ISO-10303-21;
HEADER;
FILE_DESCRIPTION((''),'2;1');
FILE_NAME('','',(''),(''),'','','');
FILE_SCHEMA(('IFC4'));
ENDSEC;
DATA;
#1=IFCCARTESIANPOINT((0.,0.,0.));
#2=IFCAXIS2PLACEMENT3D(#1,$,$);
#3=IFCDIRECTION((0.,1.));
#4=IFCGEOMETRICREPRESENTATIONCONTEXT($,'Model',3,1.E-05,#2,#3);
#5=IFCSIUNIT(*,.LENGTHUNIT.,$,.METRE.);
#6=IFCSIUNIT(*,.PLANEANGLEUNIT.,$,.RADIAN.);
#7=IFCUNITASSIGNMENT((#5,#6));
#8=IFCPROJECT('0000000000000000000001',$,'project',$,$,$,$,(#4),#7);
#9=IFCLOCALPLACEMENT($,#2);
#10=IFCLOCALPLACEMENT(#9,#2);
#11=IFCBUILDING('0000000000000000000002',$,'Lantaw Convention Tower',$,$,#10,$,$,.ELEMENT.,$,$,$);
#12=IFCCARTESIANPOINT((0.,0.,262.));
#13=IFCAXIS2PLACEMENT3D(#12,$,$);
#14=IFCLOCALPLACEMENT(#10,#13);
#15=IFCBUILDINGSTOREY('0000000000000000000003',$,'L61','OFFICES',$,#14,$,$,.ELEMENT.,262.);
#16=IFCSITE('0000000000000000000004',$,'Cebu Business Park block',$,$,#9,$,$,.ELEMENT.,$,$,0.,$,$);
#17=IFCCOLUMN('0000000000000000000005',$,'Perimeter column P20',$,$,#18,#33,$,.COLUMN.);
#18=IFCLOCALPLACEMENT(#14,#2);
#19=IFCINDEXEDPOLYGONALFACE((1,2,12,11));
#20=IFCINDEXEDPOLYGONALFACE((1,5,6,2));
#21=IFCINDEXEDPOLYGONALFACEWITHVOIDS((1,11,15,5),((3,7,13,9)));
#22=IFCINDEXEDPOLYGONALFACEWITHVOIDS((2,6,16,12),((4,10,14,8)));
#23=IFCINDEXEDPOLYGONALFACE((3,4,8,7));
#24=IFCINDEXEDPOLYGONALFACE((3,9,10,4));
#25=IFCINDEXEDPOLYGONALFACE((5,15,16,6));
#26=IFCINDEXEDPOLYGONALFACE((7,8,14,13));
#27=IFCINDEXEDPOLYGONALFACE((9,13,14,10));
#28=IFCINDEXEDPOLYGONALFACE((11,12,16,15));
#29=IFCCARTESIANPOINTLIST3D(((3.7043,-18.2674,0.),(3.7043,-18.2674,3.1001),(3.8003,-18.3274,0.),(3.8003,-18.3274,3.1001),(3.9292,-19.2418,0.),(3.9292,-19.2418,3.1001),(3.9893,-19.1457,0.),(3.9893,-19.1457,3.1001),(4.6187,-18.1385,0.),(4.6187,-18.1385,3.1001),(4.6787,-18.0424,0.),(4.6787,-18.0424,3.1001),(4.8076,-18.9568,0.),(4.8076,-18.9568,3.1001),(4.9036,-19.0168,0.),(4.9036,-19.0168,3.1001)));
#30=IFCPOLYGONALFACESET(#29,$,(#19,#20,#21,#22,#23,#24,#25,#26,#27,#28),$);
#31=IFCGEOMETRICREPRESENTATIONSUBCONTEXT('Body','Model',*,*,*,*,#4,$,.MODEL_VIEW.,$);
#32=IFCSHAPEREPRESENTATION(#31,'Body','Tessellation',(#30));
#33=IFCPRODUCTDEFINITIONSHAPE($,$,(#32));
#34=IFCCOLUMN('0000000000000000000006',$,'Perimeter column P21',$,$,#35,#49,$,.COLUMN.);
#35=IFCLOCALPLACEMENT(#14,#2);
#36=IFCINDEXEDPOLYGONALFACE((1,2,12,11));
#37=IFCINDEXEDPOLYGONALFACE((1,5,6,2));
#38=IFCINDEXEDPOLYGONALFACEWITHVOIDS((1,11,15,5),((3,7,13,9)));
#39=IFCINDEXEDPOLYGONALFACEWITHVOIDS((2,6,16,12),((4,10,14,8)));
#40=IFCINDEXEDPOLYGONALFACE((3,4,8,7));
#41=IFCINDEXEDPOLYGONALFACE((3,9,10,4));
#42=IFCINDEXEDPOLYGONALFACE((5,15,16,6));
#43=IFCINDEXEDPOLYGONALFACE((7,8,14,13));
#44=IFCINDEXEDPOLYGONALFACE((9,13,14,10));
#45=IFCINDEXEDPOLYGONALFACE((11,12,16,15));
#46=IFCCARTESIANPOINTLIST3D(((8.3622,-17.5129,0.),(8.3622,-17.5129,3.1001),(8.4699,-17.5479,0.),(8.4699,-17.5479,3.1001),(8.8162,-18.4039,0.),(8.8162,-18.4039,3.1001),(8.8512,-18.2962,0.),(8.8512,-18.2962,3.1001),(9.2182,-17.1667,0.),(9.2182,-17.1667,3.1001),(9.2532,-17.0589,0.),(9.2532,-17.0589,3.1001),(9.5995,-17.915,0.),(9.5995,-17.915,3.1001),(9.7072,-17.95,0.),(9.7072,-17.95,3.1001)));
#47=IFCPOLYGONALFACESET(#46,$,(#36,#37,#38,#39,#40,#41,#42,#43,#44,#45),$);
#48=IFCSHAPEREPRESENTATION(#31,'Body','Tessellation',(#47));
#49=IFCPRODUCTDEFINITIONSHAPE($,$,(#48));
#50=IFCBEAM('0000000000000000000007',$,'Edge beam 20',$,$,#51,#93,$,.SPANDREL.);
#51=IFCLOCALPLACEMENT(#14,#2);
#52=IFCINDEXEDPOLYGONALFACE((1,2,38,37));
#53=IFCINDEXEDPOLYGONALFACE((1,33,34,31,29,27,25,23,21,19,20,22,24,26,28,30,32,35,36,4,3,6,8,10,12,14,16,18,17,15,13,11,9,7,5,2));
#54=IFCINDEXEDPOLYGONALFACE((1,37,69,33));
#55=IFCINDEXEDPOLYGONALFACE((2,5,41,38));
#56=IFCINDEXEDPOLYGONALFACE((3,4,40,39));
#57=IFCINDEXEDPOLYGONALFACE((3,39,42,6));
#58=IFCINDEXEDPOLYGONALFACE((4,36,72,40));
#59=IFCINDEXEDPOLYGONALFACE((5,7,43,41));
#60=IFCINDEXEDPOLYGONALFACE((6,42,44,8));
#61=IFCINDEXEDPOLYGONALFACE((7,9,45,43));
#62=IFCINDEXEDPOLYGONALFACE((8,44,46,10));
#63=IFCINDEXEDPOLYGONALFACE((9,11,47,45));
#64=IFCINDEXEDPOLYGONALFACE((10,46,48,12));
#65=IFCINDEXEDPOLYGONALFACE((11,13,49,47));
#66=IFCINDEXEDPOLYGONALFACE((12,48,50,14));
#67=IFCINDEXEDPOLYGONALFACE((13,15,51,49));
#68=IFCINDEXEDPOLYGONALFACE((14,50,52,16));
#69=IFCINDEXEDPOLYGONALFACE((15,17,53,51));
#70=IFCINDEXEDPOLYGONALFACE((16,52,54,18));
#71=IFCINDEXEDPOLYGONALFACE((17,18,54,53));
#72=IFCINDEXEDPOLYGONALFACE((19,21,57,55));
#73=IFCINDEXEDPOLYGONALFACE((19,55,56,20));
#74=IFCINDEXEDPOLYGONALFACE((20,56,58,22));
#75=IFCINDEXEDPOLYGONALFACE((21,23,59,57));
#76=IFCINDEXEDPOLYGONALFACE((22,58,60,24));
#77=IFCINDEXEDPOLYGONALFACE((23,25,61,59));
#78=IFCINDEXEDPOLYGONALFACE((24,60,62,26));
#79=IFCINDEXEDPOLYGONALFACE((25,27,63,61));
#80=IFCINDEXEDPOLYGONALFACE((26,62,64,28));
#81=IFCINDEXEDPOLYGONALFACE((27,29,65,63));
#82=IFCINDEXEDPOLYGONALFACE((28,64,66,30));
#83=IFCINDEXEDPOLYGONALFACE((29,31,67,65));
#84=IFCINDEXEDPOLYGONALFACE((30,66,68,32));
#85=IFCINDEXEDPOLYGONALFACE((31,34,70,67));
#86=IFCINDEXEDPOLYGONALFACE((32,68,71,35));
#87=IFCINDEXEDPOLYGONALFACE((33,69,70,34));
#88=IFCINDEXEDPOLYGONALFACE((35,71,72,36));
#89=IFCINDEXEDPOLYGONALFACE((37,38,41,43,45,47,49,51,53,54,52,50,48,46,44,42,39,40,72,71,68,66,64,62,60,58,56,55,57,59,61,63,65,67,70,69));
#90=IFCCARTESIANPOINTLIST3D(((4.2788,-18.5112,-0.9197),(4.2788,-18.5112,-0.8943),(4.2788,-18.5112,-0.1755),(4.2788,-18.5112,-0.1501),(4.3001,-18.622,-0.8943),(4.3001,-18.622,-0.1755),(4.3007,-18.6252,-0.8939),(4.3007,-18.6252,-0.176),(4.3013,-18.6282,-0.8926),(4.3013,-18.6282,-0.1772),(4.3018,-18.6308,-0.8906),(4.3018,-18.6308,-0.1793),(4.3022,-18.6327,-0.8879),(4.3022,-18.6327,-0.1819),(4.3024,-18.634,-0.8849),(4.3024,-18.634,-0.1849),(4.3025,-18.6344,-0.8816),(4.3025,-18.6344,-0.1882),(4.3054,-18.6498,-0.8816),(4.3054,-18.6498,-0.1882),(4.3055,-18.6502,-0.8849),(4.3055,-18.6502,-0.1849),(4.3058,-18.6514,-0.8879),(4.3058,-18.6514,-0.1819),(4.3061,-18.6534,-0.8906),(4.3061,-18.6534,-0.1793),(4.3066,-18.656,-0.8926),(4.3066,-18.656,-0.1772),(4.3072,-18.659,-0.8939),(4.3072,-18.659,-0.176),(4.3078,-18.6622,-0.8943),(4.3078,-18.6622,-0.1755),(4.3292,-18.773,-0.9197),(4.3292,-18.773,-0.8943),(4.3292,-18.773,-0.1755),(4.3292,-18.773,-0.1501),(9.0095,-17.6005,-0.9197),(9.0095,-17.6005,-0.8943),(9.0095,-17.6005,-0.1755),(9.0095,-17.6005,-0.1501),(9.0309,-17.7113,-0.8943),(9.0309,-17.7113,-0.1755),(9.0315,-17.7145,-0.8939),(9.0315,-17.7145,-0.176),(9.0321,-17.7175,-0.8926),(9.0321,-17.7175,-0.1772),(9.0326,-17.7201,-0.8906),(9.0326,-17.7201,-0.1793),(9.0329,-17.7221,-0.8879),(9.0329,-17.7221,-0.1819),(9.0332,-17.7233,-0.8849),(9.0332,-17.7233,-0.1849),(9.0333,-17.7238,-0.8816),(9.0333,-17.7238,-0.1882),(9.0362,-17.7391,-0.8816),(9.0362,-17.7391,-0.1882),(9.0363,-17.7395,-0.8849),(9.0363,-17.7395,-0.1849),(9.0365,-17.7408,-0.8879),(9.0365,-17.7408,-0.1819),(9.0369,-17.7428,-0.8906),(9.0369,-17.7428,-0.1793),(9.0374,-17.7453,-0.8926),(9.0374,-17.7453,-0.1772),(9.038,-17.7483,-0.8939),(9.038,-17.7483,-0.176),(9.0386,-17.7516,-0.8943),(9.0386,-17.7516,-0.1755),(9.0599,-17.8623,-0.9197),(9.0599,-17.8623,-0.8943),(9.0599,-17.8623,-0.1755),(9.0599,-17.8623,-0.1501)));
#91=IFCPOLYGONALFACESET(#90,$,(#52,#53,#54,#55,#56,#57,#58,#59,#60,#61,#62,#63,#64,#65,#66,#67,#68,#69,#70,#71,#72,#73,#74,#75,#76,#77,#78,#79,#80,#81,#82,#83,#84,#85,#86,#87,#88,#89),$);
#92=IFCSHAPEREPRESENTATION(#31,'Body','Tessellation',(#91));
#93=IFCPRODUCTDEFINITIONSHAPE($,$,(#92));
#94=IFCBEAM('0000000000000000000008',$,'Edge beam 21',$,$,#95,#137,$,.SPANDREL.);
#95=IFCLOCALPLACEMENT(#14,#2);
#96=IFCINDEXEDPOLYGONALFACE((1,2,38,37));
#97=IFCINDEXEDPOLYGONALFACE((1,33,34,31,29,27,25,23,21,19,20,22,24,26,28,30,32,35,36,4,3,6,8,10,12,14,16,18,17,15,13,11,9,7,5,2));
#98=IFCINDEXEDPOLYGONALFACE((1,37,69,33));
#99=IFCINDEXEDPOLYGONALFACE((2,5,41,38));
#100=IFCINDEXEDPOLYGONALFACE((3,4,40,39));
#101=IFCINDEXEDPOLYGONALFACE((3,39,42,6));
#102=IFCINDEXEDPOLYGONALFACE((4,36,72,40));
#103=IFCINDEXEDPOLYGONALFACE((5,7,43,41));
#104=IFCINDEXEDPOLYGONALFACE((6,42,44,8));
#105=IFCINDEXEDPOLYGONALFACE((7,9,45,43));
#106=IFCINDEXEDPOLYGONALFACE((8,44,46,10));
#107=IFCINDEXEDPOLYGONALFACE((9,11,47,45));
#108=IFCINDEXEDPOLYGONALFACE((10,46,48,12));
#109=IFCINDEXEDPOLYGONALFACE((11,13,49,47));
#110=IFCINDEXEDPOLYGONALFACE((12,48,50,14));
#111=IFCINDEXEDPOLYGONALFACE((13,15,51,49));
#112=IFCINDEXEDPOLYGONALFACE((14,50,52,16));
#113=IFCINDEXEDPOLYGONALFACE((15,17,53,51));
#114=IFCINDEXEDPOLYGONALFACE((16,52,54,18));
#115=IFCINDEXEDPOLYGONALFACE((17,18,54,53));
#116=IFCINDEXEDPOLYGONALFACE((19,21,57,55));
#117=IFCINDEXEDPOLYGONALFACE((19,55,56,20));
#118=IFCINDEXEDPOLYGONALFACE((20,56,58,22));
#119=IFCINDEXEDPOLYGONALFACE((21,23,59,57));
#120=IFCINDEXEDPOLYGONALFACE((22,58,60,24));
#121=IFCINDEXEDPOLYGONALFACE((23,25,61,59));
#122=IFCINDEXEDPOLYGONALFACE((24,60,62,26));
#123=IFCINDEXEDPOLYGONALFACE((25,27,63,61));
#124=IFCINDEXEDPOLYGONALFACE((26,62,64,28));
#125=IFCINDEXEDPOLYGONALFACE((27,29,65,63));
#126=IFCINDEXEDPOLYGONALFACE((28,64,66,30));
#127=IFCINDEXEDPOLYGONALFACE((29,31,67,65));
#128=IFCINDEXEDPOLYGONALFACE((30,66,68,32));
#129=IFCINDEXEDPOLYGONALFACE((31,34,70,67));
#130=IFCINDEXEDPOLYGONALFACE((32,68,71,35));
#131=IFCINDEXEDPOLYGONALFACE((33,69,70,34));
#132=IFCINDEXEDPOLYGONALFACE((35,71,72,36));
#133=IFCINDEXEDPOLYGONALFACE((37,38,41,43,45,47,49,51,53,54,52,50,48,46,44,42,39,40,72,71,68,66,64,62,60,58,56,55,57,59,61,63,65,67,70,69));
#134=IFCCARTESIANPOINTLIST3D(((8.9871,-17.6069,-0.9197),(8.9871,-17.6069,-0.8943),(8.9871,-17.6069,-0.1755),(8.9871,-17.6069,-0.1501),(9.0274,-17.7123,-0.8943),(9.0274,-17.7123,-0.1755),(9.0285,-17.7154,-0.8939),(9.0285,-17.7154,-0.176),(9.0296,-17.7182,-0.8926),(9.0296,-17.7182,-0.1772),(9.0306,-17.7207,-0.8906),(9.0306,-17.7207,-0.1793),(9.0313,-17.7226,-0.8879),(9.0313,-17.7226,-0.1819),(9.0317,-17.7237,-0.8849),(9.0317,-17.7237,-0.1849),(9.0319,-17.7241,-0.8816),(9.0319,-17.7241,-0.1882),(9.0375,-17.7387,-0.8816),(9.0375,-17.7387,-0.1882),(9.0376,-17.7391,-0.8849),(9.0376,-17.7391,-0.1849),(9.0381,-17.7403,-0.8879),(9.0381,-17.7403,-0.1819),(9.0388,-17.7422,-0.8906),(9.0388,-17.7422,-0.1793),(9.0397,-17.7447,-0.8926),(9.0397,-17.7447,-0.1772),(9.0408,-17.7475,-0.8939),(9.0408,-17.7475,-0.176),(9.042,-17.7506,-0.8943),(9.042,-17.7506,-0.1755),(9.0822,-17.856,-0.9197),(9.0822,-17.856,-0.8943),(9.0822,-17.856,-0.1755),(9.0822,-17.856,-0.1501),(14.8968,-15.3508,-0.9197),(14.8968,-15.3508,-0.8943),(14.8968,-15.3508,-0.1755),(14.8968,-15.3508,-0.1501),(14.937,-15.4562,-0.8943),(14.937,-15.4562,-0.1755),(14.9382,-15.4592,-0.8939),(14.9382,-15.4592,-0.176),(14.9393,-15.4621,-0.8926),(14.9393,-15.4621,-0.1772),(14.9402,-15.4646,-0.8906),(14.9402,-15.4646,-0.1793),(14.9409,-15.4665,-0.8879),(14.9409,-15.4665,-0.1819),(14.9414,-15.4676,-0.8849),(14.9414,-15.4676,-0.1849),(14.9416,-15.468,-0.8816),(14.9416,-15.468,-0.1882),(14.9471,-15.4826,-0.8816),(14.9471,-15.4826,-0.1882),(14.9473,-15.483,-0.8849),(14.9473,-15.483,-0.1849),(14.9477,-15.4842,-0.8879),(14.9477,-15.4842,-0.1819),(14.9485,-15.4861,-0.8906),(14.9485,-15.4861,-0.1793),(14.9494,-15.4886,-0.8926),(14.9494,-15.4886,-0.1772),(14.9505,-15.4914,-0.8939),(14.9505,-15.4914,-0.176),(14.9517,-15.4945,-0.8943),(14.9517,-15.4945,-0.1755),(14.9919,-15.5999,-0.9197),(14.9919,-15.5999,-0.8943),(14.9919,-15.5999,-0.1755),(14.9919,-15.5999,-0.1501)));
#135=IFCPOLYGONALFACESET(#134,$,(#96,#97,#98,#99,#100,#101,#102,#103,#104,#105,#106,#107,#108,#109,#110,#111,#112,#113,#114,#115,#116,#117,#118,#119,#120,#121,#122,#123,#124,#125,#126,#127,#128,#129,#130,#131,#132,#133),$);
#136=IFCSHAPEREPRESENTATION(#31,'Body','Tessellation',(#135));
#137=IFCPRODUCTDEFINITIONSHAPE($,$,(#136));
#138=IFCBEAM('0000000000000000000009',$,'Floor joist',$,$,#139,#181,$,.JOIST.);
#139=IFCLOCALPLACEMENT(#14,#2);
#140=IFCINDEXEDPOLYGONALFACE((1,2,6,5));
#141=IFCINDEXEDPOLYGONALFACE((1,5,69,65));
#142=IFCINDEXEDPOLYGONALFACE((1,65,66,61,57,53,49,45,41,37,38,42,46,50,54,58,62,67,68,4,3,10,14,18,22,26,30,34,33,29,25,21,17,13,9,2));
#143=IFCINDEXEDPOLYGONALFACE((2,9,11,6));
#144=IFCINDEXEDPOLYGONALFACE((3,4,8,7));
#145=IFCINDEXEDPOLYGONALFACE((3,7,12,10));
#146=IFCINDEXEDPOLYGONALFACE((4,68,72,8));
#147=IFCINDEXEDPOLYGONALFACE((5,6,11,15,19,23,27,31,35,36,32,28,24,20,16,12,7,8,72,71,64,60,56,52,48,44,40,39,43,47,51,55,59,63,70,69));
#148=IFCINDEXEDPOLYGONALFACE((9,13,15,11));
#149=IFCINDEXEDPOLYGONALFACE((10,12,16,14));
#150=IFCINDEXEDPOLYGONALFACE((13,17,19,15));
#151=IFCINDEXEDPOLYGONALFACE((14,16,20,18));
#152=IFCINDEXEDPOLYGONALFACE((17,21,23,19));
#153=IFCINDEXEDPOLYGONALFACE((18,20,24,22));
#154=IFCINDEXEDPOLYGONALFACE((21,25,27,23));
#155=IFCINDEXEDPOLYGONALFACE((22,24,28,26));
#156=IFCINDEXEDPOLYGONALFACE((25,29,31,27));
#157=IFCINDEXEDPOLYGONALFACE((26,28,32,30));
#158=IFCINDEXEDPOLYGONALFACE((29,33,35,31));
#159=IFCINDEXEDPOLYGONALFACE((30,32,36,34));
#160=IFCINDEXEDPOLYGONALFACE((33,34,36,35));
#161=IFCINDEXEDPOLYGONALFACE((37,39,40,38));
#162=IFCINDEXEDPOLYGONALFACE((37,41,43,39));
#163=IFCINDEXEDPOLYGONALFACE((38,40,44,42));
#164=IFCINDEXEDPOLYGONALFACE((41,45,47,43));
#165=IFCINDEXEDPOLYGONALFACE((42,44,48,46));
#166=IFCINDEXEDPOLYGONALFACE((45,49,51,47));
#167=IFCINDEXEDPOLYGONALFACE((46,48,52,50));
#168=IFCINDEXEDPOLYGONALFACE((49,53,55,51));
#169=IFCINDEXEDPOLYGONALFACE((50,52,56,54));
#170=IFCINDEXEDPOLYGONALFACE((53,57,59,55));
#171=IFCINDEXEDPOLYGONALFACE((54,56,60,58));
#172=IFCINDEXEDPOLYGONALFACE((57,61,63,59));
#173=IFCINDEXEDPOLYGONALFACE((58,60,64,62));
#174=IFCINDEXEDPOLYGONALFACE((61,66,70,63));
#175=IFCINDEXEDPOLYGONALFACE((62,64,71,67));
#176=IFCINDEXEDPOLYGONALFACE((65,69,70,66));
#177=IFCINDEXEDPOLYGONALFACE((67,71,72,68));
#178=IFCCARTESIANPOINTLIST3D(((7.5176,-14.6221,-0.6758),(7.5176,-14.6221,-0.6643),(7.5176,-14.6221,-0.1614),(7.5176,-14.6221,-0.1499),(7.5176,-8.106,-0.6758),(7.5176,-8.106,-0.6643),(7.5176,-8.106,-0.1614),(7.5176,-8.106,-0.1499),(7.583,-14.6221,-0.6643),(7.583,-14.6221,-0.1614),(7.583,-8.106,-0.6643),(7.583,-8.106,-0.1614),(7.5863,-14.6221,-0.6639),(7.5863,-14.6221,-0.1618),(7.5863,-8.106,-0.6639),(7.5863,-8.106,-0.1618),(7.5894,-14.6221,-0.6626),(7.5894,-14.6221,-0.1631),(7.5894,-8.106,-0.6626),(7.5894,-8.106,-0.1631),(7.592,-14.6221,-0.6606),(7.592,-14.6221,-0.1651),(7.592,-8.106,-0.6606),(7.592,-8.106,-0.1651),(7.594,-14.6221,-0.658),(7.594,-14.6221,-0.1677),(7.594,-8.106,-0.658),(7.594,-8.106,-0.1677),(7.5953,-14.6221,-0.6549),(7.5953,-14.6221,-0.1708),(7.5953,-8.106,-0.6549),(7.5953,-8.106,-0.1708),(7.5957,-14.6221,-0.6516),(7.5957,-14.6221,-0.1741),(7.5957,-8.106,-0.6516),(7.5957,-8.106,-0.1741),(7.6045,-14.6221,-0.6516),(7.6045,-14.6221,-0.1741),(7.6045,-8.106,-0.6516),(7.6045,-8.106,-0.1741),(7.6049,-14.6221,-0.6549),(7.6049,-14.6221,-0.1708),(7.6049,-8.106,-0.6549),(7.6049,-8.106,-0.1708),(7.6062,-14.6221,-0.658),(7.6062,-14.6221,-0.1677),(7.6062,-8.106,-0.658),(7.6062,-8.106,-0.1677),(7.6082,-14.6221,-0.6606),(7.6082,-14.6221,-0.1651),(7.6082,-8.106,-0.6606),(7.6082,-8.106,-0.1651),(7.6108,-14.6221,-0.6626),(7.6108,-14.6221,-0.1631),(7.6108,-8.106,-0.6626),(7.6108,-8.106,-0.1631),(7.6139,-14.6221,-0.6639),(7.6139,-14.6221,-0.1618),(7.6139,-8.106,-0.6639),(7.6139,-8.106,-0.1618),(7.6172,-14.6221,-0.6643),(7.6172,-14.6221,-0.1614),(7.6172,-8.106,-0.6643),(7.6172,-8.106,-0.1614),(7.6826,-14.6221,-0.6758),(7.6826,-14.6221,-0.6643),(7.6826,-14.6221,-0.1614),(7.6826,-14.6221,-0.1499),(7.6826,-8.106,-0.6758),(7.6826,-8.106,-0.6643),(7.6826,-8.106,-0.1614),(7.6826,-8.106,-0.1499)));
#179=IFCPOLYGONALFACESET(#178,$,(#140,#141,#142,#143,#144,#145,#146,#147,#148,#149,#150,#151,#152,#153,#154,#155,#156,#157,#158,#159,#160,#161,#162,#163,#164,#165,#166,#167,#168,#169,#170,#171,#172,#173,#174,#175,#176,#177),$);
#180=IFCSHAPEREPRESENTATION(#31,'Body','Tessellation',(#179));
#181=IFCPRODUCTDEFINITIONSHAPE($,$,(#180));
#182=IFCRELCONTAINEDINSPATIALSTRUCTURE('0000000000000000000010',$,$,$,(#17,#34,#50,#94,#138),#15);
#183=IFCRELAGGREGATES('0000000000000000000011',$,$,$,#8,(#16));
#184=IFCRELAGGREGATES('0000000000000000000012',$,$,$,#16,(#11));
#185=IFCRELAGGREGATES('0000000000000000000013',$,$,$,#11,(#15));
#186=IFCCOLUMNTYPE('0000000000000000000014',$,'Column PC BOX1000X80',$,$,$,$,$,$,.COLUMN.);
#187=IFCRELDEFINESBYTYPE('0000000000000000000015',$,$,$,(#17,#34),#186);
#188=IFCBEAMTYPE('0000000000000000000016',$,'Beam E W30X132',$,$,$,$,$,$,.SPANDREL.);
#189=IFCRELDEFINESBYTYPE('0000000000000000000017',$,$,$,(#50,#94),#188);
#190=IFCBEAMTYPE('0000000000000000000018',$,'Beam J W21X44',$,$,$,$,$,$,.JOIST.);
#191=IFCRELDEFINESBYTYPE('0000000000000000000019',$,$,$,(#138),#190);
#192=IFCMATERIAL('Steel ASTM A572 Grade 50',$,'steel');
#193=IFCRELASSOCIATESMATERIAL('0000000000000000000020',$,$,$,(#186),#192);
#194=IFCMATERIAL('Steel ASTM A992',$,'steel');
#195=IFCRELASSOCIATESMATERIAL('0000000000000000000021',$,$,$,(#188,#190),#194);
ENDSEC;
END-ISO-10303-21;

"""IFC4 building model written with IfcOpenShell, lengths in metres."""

from ifc_helpers import new_model, si_unit, direction, frame, origin, origin_2d, place, context, subcontext, project, spatial, rectangle, hollow_rectangle, i_section, extrude, material, material_profile, profile_set, type_object, element, save


model = new_model("IFC4")

# Units and contexts
model_context = context("Model", 3, precision=1e-05, world=origin(), true_north=direction((0.0, 1.0)))
body_context = subcontext(model_context, "Body", "Model", "MODEL_VIEW")
ifc_project = project(units=[si_unit("LENGTHUNIT", "METRE"), si_unit("PLANEANGLEUNIT", "RADIAN")], contexts=[model_context])

# Site, building, storey
site_placement = place(None, origin())
site = spatial("IfcSite", under=ifc_project, at=site_placement, Name="Cebu Business Park block", CompositionType="ELEMENT", RefElevation=0.0)
building_placement = place(site_placement, origin())
building = spatial("IfcBuilding", under=site, at=building_placement, Name="Lantaw Convention Tower", CompositionType="ELEMENT")
storey_placement = place(building_placement, frame((0.0, 0.0, 262.0)))
storey = spatial("IfcBuildingStorey", under=building, at=storey_placement, Name="L61", Description="OFFICES", CompositionType="ELEMENT", Elevation=262.0)

# Columns
ifc_material_1 = material(Name="Steel ASTM A572 Grade 50", Category="steel")
ifc_material_profile_1 = material_profile(ifc_material_1, hollow_rectangle(XDim=1.0, YDim=1.0, WallThickness=0.0801, at=origin_2d()), Name="BOX1000X80")
ifc_material_2 = material(Name="Concrete C60/75", Category="concrete")
ifc_material_profile_2 = material_profile(ifc_material_2, rectangle(XDim=0.8401, YDim=0.8401, at=origin_2d()), Name="Concrete fill of BOX1000X80")
ifc_profile_set_1 = profile_set([ifc_material_profile_1, ifc_material_profile_2], Name="Steel ASTM A572 Grade 50")
column_type = type_object("IfcColumnType", Name="Column PC BOX1000X80", PredefinedType="COLUMN", material=ifc_profile_set_1)
for number, where, z_axis, x_axis, name in (
    (1, (4.304, -18.6421, 0.0), (0.0, 0.0, 1.0), (0.97437, 0.224951, 0.0), "Perimeter column P20"),
    (2, (9.0347, -17.7314, 0.0), (0.0, 0.0, 1.0), (0.891007, 0.45399, 0.0), "Perimeter column P21"),
):
    element("IfcColumn", number, at=place(storey_placement, frame(where, z_axis=z_axis, x_axis=x_axis)), inside=storey, type_object=column_type, Name=name, PredefinedType="COLUMN", context=body_context, shape_type="SweptSolid", body=[
        extrude(hollow_rectangle(XDim=1.0, YDim=1.0, WallThickness=0.0801, at=origin_2d()), origin(), (0.0, 0.0, 1.0), 3.1001),
    ])

# Beams
ifc_material_3 = material(Name="Steel ASTM A992", Category="steel")
ifc_material_profile_3 = material_profile(ifc_material_3, i_section(OverallWidth=0.2666, OverallDepth=0.7695, WebThickness=0.0156, FlangeThickness=0.0254, FilletRadius=0.0127, at=origin_2d()), Name="W30X132")
ifc_profile_set_2 = profile_set([ifc_material_profile_3], Name="Steel ASTM A992")
beam_type_1 = type_object("IfcBeamType", Name="Beam E W30X132", PredefinedType="SPANDREL", material=ifc_profile_set_2)
beam_1_placement = place(storey_placement, frame((4.304, -18.6421, -0.5349), z_axis=(0.981972, 0.189026, 0.0), x_axis=(-0.189026, 0.981972, 0.0)))
element("IfcBeam", 3, at=beam_1_placement, inside=storey, type_object=beam_type_1, Name="Edge beam 20", PredefinedType="SPANDREL", context=body_context, shape_type="SweptSolid", body=[
    extrude(i_section(OverallWidth=0.2666, OverallDepth=0.7695, WebThickness=0.0156, FlangeThickness=0.0254, FilletRadius=0.0127, at=origin_2d()), origin(), (0.0, 0.0, 1.0), 4.8176),
])
beam_2_placement = place(storey_placement, frame((9.0347, -17.7314, -0.5349), z_axis=(0.934235, 0.356658, 0.0), x_axis=(-0.356658, 0.934235, 0.0)))
element("IfcBeam", 4, at=beam_2_placement, inside=storey, type_object=beam_type_1, Name="Edge beam 21", PredefinedType="SPANDREL", context=body_context, shape_type="SweptSolid", body=[
    extrude(i_section(OverallWidth=0.2666, OverallDepth=0.7695, WebThickness=0.0156, FlangeThickness=0.0254, FilletRadius=0.0127, at=origin_2d()), origin(), (0.0, 0.0, 1.0), 6.3257),
])
ifc_material_profile_4 = material_profile(ifc_material_3, i_section(OverallWidth=0.165, OverallDepth=0.5259, WebThickness=0.0088, FlangeThickness=0.0115, FilletRadius=0.0127, at=origin_2d()), Name="W21X44")
ifc_profile_set_3 = profile_set([ifc_material_profile_4], Name="Steel ASTM A992")
beam_type_2 = type_object("IfcBeamType", Name="Beam J W21X44", PredefinedType="JOIST", material=ifc_profile_set_3)
beam_3_placement = place(storey_placement, frame((7.6001, -14.6221, -0.4128), z_axis=(0.0, 1.0, 0.0), x_axis=(-1.0, 0.0, 0.0)))
element("IfcBeam", 5, at=beam_3_placement, inside=storey, type_object=beam_type_2, Name="Floor joist", PredefinedType="JOIST", context=body_context, shape_type="SweptSolid", body=[
    extrude(i_section(OverallWidth=0.165, OverallDepth=0.5259, WebThickness=0.0088, FlangeThickness=0.0115, FilletRadius=0.0127, at=origin_2d()), origin(), (0.0, 0.0, 1.0), 6.5161),
])

save(model, "model.ifc")
